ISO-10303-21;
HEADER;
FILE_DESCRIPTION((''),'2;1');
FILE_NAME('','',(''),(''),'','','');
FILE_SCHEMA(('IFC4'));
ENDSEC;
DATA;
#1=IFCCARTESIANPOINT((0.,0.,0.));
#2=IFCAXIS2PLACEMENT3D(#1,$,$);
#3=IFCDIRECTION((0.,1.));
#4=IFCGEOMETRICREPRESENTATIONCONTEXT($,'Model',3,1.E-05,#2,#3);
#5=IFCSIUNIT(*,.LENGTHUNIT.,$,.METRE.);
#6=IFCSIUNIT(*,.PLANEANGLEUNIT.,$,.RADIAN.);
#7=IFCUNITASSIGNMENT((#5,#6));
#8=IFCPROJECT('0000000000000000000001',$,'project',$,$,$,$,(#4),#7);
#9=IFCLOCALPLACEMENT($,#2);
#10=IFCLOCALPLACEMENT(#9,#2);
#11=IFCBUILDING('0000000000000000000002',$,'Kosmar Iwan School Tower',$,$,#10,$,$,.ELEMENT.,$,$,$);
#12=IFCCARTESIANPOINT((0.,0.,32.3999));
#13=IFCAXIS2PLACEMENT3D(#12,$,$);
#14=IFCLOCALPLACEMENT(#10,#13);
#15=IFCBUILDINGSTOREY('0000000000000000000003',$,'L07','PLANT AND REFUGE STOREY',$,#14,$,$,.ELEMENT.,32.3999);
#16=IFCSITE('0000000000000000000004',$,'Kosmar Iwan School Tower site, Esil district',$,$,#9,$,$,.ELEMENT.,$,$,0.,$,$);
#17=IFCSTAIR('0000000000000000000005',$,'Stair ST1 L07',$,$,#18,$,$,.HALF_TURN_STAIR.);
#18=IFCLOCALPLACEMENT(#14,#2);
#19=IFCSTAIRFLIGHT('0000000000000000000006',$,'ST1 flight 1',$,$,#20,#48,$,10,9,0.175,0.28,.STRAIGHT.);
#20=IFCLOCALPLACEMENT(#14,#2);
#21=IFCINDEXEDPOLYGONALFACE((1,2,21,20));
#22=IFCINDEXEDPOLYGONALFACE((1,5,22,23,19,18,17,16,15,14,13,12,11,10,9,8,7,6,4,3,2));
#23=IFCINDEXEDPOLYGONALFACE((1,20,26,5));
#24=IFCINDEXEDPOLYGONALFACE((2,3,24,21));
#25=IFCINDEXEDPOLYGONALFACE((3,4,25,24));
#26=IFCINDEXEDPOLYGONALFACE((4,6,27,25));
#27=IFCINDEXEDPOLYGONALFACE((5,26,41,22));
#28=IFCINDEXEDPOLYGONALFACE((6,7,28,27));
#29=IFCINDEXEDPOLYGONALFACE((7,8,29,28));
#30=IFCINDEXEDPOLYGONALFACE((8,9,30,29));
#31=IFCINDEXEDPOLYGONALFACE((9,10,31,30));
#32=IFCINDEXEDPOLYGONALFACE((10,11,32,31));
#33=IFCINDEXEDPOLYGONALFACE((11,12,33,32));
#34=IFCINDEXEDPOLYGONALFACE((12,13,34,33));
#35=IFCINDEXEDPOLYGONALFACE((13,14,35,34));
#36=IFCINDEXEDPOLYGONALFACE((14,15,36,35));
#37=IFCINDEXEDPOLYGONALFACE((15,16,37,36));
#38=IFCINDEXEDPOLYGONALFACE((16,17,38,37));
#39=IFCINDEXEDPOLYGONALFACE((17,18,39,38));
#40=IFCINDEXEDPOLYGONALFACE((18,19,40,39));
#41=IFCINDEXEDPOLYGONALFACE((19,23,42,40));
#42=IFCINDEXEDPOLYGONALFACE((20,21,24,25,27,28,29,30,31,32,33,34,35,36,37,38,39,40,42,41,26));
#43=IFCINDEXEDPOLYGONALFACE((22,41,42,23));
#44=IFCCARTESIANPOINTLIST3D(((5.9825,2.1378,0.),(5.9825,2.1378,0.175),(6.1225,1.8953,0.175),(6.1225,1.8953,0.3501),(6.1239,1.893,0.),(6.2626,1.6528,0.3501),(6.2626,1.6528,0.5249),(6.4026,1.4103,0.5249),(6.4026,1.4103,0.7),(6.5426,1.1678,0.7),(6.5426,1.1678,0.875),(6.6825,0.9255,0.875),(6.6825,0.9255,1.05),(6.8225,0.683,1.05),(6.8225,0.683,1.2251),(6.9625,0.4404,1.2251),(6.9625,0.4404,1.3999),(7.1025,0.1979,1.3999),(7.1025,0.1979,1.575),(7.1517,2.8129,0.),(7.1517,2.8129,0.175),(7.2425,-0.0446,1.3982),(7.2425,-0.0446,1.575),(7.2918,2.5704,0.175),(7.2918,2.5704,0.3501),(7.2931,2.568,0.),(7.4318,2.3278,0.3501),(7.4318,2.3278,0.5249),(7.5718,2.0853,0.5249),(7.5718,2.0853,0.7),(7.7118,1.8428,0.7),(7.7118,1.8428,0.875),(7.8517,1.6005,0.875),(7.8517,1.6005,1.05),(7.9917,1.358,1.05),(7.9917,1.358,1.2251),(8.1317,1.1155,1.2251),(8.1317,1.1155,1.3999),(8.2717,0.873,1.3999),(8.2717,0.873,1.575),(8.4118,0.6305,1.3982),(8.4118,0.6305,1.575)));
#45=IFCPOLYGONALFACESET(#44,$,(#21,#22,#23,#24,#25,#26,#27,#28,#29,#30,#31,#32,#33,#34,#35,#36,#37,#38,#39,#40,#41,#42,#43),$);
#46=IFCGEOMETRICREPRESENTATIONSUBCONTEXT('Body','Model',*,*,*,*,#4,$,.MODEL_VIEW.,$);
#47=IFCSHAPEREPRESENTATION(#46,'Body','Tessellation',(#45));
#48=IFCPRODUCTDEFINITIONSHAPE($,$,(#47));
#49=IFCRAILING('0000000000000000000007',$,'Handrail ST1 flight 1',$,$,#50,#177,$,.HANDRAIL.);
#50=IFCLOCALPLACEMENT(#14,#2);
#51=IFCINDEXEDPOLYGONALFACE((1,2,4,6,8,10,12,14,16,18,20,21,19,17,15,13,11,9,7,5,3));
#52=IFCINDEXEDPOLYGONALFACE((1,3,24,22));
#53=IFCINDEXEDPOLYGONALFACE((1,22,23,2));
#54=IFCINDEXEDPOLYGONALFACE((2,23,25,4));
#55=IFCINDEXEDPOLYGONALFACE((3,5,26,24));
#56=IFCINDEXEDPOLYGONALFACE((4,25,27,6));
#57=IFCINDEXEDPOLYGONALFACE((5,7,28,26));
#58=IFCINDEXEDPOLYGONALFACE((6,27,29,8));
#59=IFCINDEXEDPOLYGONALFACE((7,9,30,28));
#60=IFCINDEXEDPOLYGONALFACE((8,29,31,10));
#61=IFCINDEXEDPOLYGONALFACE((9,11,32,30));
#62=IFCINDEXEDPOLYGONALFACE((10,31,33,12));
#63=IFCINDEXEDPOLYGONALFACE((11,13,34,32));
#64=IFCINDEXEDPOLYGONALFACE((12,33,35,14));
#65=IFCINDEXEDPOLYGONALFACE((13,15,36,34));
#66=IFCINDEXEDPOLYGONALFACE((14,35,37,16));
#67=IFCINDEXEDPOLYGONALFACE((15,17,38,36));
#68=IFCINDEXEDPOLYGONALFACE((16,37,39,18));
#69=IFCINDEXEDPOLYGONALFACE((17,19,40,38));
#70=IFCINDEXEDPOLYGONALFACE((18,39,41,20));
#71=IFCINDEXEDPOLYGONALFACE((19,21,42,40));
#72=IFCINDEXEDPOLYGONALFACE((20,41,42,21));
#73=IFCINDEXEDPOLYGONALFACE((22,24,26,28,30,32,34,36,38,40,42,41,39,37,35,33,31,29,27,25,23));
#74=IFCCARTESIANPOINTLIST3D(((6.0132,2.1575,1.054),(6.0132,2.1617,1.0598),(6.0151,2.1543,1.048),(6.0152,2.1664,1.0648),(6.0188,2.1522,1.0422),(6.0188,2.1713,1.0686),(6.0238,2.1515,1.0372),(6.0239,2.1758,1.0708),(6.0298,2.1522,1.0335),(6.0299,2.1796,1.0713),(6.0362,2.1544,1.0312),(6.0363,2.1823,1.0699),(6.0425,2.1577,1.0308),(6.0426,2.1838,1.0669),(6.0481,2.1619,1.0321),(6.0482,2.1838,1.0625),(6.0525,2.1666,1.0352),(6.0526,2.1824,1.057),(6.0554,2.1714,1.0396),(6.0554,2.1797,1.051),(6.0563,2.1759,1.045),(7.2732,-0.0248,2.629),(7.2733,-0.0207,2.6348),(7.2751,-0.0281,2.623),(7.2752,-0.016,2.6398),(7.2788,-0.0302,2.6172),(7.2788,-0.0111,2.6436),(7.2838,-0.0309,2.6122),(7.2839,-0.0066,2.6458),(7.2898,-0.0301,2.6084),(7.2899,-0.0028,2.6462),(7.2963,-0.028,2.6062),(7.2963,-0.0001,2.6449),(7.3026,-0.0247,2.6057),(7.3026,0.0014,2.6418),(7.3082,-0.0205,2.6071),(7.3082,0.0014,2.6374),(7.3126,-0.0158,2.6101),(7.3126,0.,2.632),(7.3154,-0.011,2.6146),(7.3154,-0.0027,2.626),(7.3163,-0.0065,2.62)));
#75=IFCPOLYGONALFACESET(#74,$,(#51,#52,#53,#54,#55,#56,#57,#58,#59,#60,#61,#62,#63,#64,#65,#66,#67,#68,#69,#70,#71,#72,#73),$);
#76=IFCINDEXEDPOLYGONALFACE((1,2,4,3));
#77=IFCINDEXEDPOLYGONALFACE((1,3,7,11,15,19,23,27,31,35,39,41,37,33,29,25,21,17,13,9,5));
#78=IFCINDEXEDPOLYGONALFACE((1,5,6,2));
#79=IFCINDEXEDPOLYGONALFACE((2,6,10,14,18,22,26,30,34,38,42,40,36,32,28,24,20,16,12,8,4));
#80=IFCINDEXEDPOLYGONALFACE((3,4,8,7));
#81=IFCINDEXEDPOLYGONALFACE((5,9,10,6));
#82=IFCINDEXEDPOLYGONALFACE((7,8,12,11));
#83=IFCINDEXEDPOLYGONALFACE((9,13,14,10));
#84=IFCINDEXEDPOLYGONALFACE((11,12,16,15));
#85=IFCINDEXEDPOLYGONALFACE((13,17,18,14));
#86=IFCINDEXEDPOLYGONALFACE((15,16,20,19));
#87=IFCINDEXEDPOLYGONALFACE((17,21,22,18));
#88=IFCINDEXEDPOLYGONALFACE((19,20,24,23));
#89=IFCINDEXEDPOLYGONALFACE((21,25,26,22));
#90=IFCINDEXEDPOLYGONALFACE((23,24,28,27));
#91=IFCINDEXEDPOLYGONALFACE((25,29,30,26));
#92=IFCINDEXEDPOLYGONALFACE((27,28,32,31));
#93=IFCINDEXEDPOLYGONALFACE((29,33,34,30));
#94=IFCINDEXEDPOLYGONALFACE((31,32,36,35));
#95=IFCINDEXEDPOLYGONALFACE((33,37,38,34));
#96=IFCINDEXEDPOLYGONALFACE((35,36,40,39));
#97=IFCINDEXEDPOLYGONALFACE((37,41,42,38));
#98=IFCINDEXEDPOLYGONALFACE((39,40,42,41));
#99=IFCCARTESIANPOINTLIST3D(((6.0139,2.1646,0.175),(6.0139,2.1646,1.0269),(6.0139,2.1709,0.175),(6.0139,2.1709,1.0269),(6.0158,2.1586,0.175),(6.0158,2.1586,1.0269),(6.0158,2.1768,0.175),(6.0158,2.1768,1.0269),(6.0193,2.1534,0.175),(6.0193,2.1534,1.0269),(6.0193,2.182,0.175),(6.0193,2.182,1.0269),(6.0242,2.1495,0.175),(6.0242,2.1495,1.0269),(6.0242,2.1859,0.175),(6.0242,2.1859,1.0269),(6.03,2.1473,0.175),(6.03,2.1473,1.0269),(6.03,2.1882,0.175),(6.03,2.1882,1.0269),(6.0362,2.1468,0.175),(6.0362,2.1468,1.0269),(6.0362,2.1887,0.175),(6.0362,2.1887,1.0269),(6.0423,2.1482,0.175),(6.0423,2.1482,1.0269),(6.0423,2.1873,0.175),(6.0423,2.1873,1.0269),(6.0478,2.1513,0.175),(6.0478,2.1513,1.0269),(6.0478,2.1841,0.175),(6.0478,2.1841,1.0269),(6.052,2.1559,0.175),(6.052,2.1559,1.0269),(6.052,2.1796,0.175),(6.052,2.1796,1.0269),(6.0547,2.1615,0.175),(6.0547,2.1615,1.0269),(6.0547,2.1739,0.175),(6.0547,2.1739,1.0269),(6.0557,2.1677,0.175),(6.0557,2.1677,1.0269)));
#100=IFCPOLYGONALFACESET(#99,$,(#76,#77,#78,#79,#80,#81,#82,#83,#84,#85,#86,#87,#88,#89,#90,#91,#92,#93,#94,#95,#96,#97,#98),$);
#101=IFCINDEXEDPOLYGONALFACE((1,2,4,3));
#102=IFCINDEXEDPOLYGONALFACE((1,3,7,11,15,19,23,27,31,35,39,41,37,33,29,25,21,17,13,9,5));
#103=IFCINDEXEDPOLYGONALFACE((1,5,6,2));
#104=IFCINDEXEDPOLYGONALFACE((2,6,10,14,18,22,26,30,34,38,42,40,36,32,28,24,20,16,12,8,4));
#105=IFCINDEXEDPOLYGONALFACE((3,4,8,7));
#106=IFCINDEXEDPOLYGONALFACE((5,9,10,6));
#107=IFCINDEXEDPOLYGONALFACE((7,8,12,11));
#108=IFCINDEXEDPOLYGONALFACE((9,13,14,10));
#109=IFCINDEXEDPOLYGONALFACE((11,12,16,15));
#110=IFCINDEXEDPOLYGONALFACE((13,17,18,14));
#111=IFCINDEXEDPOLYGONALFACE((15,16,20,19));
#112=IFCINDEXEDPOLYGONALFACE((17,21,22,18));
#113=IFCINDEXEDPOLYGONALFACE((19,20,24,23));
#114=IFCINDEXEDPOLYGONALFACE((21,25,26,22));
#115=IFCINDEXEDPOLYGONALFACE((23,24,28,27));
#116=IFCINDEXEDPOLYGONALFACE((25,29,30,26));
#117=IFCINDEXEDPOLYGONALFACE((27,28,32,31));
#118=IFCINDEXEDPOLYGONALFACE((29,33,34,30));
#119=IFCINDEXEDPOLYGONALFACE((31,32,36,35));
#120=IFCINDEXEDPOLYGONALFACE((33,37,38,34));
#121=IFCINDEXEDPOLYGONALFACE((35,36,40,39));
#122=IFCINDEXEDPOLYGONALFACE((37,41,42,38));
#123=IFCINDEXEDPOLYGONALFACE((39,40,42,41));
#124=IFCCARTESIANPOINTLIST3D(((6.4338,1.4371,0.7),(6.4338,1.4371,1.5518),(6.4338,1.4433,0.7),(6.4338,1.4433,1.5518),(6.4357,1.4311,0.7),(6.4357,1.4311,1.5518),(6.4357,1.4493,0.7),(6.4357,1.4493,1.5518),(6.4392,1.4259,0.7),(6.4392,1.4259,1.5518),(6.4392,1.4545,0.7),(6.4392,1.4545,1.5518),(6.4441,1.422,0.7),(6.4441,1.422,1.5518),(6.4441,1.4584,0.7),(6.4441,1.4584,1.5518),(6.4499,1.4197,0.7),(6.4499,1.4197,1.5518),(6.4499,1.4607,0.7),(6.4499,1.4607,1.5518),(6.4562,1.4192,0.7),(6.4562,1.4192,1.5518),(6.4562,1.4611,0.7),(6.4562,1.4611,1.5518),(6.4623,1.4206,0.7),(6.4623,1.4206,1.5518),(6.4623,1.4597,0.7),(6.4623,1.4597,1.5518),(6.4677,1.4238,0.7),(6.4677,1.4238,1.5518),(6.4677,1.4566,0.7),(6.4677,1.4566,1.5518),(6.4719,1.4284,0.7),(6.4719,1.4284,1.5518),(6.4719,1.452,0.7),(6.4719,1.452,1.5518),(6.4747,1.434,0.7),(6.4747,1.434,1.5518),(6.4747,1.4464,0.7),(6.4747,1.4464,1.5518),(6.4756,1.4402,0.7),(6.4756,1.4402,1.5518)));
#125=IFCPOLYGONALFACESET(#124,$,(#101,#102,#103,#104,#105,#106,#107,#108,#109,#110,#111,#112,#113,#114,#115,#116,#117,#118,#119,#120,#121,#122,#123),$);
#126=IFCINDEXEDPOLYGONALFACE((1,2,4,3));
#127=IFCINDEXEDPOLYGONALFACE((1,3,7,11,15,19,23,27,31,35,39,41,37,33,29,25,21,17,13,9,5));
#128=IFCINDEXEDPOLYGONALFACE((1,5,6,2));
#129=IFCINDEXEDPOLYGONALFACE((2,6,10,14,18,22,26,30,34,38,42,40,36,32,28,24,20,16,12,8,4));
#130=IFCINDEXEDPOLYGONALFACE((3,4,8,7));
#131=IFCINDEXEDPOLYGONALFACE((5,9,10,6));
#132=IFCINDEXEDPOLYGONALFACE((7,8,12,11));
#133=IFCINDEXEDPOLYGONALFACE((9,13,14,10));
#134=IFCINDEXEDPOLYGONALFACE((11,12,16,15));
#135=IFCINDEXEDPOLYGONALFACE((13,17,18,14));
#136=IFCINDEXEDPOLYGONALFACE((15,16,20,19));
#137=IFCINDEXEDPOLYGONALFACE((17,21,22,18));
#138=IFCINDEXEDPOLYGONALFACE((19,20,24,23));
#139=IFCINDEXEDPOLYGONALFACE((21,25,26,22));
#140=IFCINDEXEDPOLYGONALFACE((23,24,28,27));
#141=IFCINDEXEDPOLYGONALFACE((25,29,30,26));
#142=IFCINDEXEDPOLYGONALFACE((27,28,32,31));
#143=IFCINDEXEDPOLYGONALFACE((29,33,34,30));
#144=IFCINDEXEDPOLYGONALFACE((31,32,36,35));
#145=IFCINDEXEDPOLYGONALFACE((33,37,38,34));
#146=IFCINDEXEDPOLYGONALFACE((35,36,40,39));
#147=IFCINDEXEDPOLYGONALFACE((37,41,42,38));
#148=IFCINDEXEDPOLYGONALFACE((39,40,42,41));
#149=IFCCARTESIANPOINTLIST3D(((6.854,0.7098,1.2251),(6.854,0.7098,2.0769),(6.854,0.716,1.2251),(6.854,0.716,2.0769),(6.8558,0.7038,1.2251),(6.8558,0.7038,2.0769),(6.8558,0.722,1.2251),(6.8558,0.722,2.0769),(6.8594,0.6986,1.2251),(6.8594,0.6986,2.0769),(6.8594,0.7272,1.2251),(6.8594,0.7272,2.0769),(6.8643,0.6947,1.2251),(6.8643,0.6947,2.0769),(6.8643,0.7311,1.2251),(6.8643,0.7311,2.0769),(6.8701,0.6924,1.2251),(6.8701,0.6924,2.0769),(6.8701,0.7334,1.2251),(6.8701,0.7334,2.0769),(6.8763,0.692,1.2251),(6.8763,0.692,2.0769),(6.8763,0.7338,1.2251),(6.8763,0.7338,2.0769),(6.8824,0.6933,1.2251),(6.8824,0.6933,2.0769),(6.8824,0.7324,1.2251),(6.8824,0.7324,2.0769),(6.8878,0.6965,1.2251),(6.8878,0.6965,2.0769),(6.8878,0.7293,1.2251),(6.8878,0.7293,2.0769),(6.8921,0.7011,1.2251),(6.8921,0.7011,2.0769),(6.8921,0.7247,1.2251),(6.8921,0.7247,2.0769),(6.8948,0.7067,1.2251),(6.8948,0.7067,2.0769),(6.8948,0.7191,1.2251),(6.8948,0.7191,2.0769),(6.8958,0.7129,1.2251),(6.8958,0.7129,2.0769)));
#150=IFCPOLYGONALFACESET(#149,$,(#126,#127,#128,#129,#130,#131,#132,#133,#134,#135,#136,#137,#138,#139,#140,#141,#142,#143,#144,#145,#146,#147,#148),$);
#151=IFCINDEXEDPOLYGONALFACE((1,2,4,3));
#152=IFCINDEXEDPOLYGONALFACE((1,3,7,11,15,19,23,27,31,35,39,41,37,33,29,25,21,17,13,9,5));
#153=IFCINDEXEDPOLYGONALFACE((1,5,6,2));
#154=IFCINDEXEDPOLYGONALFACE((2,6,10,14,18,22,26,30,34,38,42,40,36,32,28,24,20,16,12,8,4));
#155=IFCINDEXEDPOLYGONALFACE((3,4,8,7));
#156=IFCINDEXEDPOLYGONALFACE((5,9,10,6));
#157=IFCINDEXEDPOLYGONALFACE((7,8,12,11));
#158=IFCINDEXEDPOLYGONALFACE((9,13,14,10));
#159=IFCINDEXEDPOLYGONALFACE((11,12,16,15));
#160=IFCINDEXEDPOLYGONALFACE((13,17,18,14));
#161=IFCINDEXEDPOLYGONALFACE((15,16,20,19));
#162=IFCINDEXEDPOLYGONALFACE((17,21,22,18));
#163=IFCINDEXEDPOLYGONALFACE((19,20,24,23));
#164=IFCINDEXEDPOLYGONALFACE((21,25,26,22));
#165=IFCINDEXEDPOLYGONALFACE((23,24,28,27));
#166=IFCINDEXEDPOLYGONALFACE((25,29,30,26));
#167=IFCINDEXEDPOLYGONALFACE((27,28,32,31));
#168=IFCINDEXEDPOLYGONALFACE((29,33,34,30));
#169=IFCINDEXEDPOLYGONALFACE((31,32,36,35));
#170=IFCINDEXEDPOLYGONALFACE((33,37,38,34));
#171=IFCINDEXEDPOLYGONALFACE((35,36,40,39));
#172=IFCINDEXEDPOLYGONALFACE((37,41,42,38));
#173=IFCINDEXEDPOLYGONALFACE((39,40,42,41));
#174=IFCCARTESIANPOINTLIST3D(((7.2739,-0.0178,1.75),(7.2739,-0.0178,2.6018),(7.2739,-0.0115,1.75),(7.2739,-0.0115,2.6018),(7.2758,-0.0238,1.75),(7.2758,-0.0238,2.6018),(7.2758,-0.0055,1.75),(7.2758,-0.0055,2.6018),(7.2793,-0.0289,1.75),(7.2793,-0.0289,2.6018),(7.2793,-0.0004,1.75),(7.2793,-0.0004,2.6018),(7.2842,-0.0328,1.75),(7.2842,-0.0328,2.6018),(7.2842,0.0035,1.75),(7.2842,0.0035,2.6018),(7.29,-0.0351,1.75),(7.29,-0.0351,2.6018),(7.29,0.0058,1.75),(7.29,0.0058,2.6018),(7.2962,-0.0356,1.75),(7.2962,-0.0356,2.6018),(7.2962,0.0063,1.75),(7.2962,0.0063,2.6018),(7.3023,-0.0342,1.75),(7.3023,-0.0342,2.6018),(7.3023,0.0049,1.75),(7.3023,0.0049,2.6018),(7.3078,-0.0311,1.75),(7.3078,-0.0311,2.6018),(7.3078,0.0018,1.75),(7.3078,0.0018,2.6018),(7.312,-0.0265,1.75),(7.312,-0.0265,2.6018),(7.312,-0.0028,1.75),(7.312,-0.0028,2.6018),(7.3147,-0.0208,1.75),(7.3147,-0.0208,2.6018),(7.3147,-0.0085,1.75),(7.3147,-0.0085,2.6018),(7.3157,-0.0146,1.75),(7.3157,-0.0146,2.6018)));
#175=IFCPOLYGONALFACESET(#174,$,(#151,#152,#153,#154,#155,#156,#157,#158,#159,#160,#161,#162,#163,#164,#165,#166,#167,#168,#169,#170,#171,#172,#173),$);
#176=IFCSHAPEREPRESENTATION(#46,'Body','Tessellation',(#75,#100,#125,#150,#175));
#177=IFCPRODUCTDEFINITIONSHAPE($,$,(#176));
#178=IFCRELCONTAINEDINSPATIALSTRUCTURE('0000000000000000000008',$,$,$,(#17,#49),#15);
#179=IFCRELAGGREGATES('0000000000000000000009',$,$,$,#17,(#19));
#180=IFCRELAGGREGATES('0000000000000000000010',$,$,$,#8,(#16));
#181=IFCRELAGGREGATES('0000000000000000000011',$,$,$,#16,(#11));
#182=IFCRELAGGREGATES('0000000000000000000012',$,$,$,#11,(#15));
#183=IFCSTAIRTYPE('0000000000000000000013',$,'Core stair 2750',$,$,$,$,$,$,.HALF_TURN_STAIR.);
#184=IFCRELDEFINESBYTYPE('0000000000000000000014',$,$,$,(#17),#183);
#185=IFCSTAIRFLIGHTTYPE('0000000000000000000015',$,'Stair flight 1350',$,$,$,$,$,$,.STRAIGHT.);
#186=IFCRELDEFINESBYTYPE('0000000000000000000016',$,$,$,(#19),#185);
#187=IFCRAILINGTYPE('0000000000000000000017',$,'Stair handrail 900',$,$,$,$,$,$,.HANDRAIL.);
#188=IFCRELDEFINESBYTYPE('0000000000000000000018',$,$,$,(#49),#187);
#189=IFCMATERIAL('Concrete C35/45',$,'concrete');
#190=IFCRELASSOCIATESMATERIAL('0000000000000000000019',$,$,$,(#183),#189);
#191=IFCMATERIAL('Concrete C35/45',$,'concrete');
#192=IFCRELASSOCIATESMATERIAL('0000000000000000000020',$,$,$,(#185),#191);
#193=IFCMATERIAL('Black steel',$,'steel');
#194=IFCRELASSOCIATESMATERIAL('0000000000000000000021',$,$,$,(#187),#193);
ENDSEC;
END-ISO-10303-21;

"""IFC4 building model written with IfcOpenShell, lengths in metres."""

from ifc_helpers import new_model, si_unit, direction, frame, origin, origin_2d, place, context, subcontext, project, spatial, polyline, circle, outline, extrude, material, type_object, element, aggregate, save


model = new_model("IFC4")

# Units and contexts
model_context = context("Model", 3, precision=1e-05, world=origin(), true_north=direction((0.0, 1.0)))
body_context = subcontext(model_context, "Body", "Model", "MODEL_VIEW")
ifc_project = project(units=[si_unit("LENGTHUNIT", "METRE"), si_unit("PLANEANGLEUNIT", "RADIAN")], contexts=[model_context])

# Site, building, storey
site_placement = place(None, origin())
site = spatial("IfcSite", under=ifc_project, at=site_placement, Name="Kosmar Iwan School Tower site, Esil district", CompositionType="ELEMENT", RefElevation=0.0)
building_placement = place(site_placement, origin())
building = spatial("IfcBuilding", under=site, at=building_placement, Name="Kosmar Iwan School Tower", CompositionType="ELEMENT")
storey_placement = place(building_placement, frame((0.0, 0.0, 32.3999)))
storey = spatial("IfcBuildingStorey", under=building, at=storey_placement, Name="L07", Description="PLANT AND REFUGE STOREY", CompositionType="ELEMENT", Elevation=32.3999)

# Stair
ifc_material_1 = material(Name="Concrete C35/45", Category="concrete")
stair_type_1 = type_object("IfcStairType", Name="Core stair 2750", PredefinedType="HALF_TURN_STAIR", material=ifc_material_1)
stair_1_placement = place(storey_placement, origin())
stair_1 = element("IfcStair", 1, at=stair_1_placement, inside=storey, type_object=stair_type_1, Name="Stair ST1 L07", PredefinedType="HALF_TURN_STAIR")

# Stair flight
ifc_material_2 = material(Name="Concrete C35/45", Category="concrete")
stair_flight_type = type_object("IfcStairFlightType", Name="Stair flight 1350", PredefinedType="STRAIGHT", material=ifc_material_2)
stair_flight_placement = place(storey_placement, frame((6.5671, 2.4753, 0.0), z_axis=(0.0, 0.0, 1.0), x_axis=(0.5, -0.866025, 0.0)))
stair_flight = element("IfcStairFlight", 2, at=stair_flight_placement, type_object=stair_flight_type, Name="ST1 flight 1", NumberOfRisers=10, NumberOfTreads=9, PredefinedType="STRAIGHT", RiserHeight=0.175, TreadLength=0.28, context=body_context, shape_type="SweptSolid", body=[
    extrude(outline(polyline([(0.0, 0.0), (0.0, 0.175), (0.28, 0.175), (0.28, 0.3501), (0.5601, 0.3501), (0.5601, 0.5249), (0.8401, 0.5249), (0.8401, 0.7), (1.1201, 0.7), (1.1201, 0.875), (1.3999, 0.875), (1.3999, 1.05), (1.6799, 1.05), (1.6799, 1.2251), (1.96, 1.2251), (1.96, 1.3999), (2.24, 1.3999), (2.24, 1.575), (2.52, 1.575), (2.52, 1.75), (2.52, 1.3982), (0.2827, 0.0), (0.0, 0.0)])), frame((0.0, 0.675, 0.0), z_axis=(0.0, -1.0, 0.0), x_axis=(1.0, 0.0, 0.0)), (0.0, 0.0, 1.0), 1.3501),
])
aggregate(stair_1, [stair_flight])

# Railing
ifc_material_3 = material(Name="Black steel", Category="steel")
railing_type = type_object("IfcRailingType", Name="Stair handrail 900", PredefinedType="HANDRAIL", material=ifc_material_3)
for number, where, name in (
    (3, (6.0347, 2.1677, 0.175), "Handrail ST1 flight 1"),
):
    element("IfcRailing", number, at=place(storey_placement, frame(where)), inside=storey, type_object=railing_type, Name=name, PredefinedType="HANDRAIL", context=body_context, shape_type="SweptSolid", body=[
        extrude(circle(Radius=0.0239, at=origin_2d()), frame((0.0, 0.0, 0.876), z_axis=(0.424007, -0.734392, 0.529988), x_axis=(0.866023, 0.500005, 0.0)), (0.0, 0.0, 1.0), 2.9717),
        extrude(circle(Radius=0.021, at=origin_2d()), origin(), (0.0, 0.0, 1.0), 0.8518),
        extrude(circle(Radius=0.021, at=origin_2d()), frame((0.4199, -0.7275, 0.5249)), (0.0, 0.0, 1.0), 0.8518),
        extrude(circle(Radius=0.021, at=origin_2d()), frame((0.8401, -1.4548, 1.05)), (0.0, 0.0, 1.0), 0.8518),
        extrude(circle(Radius=0.021, at=origin_2d()), frame((1.26, -2.1824, 1.575)), (0.0, 0.0, 1.0), 0.8518),
    ])

save(model, "model.ifc")
